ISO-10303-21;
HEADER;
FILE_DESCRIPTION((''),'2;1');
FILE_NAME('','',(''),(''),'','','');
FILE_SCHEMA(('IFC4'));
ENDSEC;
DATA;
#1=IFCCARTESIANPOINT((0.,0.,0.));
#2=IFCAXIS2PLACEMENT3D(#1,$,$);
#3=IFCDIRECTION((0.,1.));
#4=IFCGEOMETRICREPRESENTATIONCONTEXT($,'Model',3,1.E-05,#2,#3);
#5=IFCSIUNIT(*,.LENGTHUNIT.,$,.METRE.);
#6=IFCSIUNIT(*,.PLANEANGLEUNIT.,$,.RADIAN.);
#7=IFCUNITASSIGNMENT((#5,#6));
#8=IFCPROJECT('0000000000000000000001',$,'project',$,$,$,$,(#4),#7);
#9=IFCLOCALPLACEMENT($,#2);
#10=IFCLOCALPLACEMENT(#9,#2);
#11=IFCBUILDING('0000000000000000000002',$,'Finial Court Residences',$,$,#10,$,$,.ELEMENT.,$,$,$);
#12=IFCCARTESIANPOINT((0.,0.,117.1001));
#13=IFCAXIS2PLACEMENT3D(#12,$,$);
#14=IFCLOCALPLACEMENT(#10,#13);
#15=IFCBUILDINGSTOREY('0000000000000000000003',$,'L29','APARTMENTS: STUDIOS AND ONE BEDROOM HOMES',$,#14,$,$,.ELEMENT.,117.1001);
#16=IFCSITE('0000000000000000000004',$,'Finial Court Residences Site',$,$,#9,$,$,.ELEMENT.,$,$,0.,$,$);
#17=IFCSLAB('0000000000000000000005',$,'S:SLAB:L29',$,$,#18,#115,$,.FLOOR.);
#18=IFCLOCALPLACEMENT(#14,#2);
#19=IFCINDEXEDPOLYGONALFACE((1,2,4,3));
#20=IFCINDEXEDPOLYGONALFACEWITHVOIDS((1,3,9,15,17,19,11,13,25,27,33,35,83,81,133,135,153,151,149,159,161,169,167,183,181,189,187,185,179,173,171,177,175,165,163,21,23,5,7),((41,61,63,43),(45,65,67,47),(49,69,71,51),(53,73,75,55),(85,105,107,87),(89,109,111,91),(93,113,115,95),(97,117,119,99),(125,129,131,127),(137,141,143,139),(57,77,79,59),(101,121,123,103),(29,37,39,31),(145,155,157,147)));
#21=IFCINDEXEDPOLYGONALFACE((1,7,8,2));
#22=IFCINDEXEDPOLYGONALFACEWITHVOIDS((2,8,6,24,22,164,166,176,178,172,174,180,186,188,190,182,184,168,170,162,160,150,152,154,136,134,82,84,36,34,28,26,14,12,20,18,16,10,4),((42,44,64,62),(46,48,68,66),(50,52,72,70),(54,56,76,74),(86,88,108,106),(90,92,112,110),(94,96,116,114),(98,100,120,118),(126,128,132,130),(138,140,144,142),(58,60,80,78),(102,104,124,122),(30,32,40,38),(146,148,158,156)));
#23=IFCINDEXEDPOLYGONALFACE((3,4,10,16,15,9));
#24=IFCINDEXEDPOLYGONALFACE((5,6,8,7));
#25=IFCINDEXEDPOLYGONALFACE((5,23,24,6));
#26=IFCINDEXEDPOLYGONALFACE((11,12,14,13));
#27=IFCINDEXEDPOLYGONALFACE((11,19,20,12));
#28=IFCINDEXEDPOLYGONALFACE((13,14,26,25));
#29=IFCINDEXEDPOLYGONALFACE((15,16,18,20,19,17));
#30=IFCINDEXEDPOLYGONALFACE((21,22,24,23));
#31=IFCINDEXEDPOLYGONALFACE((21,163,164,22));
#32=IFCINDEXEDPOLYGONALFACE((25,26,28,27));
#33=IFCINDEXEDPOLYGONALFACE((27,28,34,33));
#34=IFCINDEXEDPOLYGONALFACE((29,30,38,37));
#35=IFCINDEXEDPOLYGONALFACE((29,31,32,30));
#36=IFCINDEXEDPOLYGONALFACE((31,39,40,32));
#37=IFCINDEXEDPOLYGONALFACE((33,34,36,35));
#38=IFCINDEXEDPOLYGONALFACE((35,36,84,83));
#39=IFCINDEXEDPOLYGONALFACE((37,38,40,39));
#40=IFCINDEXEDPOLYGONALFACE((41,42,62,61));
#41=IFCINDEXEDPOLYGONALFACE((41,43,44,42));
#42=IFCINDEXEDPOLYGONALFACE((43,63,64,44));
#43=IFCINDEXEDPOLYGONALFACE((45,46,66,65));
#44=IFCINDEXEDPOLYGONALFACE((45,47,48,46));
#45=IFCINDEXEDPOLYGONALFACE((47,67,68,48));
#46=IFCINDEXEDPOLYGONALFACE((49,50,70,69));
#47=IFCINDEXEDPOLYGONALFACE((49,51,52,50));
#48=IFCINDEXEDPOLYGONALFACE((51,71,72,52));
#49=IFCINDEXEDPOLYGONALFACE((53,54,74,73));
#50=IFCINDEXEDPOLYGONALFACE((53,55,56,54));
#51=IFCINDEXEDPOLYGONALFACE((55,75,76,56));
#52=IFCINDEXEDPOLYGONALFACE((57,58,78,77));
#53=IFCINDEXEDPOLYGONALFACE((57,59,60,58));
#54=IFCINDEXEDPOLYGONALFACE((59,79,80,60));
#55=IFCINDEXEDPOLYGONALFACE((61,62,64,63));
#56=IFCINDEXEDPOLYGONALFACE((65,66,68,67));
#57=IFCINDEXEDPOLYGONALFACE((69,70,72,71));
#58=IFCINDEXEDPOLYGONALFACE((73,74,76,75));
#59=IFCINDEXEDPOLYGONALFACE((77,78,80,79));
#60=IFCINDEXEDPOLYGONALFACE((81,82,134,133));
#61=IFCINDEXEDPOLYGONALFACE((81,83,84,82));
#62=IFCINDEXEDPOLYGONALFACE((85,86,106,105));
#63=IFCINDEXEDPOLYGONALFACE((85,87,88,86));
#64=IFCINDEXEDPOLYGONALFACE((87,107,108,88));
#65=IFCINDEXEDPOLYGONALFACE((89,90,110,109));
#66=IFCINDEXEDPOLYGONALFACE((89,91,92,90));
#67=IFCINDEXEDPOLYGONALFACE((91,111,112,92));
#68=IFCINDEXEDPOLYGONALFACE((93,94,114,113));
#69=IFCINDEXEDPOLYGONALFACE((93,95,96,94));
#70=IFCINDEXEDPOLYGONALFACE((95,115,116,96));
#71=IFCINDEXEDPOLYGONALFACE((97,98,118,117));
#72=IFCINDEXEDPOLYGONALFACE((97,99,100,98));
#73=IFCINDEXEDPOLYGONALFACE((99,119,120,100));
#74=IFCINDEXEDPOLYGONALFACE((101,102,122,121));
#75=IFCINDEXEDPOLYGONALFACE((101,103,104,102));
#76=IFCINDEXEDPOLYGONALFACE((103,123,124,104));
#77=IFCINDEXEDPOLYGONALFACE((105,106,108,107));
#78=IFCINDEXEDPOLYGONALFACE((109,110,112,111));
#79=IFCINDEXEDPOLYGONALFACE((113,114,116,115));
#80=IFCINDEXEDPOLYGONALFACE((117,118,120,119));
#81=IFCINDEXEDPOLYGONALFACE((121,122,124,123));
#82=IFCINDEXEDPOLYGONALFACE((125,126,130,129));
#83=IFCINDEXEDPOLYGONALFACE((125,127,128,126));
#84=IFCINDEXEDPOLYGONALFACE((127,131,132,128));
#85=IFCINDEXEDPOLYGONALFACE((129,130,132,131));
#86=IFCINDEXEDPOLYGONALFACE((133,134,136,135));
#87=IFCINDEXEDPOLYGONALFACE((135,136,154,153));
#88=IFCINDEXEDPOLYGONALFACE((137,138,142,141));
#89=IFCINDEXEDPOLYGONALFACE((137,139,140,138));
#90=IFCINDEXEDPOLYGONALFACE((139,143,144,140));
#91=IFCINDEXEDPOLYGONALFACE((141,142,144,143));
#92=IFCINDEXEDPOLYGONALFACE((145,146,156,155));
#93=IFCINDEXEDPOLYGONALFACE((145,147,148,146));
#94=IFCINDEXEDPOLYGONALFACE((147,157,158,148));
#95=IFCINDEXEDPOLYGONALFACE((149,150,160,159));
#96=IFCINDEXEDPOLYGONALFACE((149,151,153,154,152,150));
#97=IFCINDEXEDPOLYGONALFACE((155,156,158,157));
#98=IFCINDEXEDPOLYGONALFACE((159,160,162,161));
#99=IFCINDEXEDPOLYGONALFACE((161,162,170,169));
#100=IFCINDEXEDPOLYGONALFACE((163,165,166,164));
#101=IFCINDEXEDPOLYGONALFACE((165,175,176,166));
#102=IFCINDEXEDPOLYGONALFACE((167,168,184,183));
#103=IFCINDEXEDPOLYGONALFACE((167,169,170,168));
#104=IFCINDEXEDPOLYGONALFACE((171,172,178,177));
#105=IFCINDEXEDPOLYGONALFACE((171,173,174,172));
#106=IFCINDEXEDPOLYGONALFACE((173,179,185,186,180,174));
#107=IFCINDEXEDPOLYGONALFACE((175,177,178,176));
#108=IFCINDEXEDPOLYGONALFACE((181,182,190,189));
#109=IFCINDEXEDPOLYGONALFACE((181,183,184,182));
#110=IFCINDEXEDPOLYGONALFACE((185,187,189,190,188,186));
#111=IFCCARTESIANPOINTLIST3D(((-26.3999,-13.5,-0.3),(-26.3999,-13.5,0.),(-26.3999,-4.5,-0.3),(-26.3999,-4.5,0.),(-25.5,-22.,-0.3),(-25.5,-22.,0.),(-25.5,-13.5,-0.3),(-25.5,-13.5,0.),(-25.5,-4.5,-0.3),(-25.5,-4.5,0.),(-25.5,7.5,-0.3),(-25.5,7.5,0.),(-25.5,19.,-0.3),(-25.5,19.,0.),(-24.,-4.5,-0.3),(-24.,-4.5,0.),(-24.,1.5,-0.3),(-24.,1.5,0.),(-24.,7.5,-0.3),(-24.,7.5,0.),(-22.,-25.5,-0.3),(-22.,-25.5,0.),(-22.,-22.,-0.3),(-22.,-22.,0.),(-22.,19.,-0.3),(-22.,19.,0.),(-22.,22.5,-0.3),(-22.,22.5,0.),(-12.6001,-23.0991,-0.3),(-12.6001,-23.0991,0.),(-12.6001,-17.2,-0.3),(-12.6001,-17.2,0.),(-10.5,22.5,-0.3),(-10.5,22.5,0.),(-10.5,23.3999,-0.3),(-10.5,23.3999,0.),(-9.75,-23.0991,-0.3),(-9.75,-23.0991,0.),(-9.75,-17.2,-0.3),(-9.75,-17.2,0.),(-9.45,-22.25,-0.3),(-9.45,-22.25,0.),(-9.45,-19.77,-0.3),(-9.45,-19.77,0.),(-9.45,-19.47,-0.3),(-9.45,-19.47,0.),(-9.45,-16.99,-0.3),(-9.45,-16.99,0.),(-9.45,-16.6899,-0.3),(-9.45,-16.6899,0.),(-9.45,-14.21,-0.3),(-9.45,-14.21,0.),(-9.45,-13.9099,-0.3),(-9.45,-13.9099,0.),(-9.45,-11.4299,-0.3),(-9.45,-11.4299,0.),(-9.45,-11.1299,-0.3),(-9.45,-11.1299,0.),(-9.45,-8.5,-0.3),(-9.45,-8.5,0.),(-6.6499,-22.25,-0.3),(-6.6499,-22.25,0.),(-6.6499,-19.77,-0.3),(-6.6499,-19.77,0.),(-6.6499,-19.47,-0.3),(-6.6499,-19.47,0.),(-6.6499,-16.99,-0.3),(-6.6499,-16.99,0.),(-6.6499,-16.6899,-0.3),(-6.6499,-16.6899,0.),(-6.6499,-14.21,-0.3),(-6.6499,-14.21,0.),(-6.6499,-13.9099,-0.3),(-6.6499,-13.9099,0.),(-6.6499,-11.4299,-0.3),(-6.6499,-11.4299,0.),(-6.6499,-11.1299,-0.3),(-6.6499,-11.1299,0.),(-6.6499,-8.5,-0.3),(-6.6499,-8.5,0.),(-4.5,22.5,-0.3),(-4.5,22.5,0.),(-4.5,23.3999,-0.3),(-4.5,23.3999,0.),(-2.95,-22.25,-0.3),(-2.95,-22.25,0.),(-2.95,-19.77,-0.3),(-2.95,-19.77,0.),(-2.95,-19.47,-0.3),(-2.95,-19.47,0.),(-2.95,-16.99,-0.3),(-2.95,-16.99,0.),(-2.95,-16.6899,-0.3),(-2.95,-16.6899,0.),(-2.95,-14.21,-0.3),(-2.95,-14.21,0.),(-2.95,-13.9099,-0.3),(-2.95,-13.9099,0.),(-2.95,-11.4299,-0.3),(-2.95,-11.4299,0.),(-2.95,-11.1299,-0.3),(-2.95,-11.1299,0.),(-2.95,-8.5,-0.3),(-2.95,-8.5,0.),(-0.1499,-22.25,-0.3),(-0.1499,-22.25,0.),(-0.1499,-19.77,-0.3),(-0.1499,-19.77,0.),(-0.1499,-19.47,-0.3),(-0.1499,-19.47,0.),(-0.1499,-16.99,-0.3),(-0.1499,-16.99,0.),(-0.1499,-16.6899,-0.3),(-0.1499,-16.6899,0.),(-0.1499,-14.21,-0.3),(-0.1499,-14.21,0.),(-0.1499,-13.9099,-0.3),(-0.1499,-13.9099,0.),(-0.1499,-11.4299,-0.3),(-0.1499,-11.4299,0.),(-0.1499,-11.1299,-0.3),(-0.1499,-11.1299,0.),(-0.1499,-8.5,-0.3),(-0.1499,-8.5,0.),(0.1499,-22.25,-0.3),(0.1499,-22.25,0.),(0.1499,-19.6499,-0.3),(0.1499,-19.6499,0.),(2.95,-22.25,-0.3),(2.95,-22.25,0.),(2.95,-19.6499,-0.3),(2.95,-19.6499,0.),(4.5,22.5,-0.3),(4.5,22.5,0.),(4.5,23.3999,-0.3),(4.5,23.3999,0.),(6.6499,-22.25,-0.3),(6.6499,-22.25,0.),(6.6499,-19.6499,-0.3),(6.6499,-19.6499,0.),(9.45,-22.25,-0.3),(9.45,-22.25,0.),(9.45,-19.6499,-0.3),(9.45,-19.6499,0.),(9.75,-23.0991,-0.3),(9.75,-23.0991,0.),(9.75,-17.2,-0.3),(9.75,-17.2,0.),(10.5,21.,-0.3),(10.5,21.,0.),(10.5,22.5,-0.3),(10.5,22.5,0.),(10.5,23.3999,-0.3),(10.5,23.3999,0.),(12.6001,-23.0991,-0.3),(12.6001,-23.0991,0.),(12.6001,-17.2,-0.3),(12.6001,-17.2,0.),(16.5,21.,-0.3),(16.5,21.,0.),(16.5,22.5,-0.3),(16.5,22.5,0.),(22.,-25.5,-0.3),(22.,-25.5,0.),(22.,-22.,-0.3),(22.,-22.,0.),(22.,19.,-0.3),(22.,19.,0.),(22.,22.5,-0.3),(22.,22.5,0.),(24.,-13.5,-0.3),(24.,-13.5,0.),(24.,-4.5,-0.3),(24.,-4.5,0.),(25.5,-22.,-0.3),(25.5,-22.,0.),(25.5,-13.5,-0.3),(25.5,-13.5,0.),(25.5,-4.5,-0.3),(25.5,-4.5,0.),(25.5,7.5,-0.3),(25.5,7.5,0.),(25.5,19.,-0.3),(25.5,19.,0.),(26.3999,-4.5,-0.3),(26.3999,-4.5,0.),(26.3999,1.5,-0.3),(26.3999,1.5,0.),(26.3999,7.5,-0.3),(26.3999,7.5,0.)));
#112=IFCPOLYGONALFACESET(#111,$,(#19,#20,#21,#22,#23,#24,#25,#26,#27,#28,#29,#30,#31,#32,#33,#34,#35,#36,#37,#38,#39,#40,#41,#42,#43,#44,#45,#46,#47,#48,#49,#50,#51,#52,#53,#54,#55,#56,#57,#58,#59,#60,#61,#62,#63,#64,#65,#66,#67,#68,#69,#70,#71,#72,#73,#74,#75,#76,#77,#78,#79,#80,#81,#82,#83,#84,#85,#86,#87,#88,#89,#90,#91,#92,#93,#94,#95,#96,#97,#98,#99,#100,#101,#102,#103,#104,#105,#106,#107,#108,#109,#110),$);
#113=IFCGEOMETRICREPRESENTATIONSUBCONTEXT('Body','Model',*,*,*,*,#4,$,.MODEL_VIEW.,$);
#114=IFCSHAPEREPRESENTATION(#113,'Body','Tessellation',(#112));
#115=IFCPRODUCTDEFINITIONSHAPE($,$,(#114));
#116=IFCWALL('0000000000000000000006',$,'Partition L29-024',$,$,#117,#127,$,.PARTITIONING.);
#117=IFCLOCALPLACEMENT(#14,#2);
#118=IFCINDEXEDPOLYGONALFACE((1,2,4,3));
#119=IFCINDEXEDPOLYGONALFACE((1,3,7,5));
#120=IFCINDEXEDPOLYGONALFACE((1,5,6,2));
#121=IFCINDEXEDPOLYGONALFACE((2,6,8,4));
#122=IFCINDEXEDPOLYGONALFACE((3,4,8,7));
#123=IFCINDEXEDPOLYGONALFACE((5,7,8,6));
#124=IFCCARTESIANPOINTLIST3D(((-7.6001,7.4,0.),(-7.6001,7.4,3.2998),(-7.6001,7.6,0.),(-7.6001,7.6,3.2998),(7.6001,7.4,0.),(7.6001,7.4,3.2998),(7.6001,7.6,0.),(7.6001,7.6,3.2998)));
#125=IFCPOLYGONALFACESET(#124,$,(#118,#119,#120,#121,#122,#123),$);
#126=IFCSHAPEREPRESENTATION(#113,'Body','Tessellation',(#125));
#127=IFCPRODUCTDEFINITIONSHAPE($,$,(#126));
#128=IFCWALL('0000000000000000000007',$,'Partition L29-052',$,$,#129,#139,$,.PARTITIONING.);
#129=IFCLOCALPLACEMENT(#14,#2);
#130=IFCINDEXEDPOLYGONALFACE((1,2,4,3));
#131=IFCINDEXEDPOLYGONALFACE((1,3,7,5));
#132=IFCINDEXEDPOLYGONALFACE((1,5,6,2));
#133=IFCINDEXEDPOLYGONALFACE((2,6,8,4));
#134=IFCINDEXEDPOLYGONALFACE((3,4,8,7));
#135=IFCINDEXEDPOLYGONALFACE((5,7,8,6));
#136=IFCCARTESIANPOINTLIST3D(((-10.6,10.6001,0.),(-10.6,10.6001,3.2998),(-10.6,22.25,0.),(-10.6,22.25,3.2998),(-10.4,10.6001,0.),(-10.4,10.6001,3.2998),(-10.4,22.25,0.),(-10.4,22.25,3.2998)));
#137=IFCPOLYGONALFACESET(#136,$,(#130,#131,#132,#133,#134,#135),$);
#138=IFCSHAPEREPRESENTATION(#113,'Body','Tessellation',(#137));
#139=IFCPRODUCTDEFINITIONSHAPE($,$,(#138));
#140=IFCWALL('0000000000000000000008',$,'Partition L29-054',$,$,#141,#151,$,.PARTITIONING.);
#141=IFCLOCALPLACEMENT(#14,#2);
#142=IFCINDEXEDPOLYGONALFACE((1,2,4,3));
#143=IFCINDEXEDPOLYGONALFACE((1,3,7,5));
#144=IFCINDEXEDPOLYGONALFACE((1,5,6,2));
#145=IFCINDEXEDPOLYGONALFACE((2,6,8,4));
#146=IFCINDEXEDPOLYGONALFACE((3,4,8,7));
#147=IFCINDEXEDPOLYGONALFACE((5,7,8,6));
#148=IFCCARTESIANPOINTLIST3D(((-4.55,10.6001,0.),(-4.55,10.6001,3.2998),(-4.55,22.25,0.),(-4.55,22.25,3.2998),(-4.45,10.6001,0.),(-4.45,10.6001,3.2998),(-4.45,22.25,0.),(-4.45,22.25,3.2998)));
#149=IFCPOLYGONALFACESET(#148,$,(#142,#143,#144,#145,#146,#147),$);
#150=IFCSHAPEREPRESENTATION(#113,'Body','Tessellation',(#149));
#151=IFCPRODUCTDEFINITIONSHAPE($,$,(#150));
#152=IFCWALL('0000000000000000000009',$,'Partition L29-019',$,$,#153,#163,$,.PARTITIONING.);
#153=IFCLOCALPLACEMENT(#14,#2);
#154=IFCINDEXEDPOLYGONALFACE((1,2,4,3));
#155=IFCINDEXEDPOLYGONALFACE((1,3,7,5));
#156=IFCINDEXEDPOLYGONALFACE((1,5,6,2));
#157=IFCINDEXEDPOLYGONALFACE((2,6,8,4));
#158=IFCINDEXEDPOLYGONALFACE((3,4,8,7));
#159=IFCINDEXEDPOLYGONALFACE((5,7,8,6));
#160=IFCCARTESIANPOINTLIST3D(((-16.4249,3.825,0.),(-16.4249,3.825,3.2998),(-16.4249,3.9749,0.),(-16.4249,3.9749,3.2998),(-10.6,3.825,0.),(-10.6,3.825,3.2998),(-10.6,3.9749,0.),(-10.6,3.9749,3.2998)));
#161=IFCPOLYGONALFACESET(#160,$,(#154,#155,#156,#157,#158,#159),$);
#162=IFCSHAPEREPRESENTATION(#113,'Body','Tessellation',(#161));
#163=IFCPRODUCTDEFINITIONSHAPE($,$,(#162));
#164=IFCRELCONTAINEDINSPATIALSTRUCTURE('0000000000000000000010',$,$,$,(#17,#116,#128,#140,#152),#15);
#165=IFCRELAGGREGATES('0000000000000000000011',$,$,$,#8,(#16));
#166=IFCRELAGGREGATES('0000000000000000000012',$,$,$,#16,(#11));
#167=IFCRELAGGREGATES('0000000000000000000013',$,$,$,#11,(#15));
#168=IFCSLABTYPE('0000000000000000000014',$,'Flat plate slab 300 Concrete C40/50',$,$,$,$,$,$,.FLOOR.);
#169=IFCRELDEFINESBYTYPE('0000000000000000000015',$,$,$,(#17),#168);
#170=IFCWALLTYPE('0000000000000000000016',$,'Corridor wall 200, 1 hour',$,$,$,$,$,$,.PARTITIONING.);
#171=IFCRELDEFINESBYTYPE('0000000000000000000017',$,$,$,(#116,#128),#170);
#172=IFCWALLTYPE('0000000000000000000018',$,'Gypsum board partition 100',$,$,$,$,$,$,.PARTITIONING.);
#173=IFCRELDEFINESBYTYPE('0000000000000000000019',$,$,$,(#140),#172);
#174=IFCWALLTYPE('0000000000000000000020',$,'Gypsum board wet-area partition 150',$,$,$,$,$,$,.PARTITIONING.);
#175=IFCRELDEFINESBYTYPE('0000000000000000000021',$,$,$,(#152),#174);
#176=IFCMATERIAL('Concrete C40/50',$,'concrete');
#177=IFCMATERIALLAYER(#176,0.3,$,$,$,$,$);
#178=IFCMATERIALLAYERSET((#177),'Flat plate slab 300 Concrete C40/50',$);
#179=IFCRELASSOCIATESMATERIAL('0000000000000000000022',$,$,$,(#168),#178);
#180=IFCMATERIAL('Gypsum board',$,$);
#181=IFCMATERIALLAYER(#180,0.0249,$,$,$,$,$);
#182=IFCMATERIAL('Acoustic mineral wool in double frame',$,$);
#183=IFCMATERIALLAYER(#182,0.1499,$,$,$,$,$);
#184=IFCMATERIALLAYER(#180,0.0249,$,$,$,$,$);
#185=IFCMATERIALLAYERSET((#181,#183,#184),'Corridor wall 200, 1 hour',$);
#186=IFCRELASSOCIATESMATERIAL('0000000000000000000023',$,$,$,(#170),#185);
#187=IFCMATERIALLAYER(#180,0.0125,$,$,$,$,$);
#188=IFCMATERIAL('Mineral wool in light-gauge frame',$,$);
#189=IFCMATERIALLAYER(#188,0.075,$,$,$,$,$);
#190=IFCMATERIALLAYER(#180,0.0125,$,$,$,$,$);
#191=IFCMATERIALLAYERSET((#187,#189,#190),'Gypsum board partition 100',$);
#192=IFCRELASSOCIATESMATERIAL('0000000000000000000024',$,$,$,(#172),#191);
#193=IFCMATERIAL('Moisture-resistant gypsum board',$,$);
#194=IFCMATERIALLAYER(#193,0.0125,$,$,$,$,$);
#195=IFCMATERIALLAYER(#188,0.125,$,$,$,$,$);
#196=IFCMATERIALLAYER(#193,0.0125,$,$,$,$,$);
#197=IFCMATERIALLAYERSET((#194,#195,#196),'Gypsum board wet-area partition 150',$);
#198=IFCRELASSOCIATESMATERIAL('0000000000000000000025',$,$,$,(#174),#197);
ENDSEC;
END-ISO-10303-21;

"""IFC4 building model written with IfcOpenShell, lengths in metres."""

from ifc_helpers import new_model, si_unit, direction, frame, frame_2d, origin, place, context, subcontext, project, spatial, polyline, rectangle, outline, extrude, material, layer, layer_set, type_object, element, save


model = new_model("IFC4")

# Units and contexts
model_context = context("Model", 3, precision=1e-05, world=origin(), true_north=direction((0.0, 1.0)))
body_context = subcontext(model_context, "Body", "Model", "MODEL_VIEW")
ifc_project = project(units=[si_unit("LENGTHUNIT", "METRE"), si_unit("PLANEANGLEUNIT", "RADIAN")], contexts=[model_context])

# Site, building, storey
site_placement = place(None, origin())
site = spatial("IfcSite", under=ifc_project, at=site_placement, Name="Finial Court Residences Site", CompositionType="ELEMENT", RefElevation=0.0)
building_placement = place(site_placement, origin())
building = spatial("IfcBuilding", under=site, at=building_placement, Name="Finial Court Residences", CompositionType="ELEMENT")
storey_placement = place(building_placement, frame((0.0, 0.0, 117.1001)))
storey = spatial("IfcBuildingStorey", under=building, at=storey_placement, Name="L29", Description="APARTMENTS: STUDIOS AND ONE BEDROOM HOMES", CompositionType="ELEMENT", Elevation=117.1001)

# Slab
ifc_material_1 = material(Name="Concrete C40/50", Category="concrete")
ifc_layer_1 = layer(ifc_material_1, 0.3)
ifc_layer_set_1 = layer_set([ifc_layer_1], Name="Flat plate slab 300 Concrete C40/50")
slab_type_1 = type_object("IfcSlabType", Name="Flat plate slab 300 Concrete C40/50", PredefinedType="FLOOR", material=ifc_layer_set_1)
slab_1_placement = place(storey_placement, frame((0.0, 0.0, -0.3)))
element("IfcSlab", 1, at=slab_1_placement, inside=storey, type_object=slab_type_1, Name="S:SLAB:L29", PredefinedType="FLOOR", context=body_context, shape_type="SweptSolid", body=[
    extrude(outline(polyline([(26.3999, -4.5), (25.5, -4.5), (24.0, -4.5), (24.0, -13.5), (25.5, -13.5), (25.5, -22.0), (22.0, -22.0), (22.0, -25.5), (-22.0, -25.5), (-22.0, -22.0), (-25.5, -22.0), (-25.5, -13.5), (-26.3999, -13.5), (-26.3999, -4.5), (-25.5, -4.5), (-24.0, -4.5), (-24.0, 1.5), (-24.0, 7.5), (-25.5, 7.5), (-25.5, 19.0), (-22.0, 19.0), (-22.0, 22.5), (-10.5, 22.5), (-10.5, 23.3999), (-4.5, 23.3999), (-4.5, 22.5), (4.5, 22.5), (4.5, 23.3999), (10.5, 23.3999), (10.5, 22.5), (10.5, 21.0), (16.5, 21.0), (16.5, 22.5), (22.0, 22.5), (22.0, 19.0), (25.5, 19.0), (25.5, 7.5), (26.3999, 7.5), (26.3999, 1.5), (26.3999, -4.5)]), holes=[polyline([(-6.6499, -19.77), (-9.45, -19.77), (-9.45, -22.25), (-6.6499, -22.25), (-6.6499, -19.77)]), polyline([(-9.75, -17.2), (-12.6001, -17.2), (-12.6001, -23.0991), (-9.75, -23.0991), (-9.75, -17.2)]), polyline([(-6.6499, -19.47), (-6.6499, -16.99), (-9.45, -16.99), (-9.45, -19.47), (-6.6499, -19.47)]), polyline([(-6.6499, -16.6899), (-6.6499, -14.21), (-9.45, -14.21), (-9.45, -16.6899), (-6.6499, -16.6899)]), polyline([(-6.6499, -13.9099), (-6.6499, -11.4299), (-9.45, -11.4299), (-9.45, -13.9099), (-6.6499, -13.9099)]), polyline([(-6.6499, -11.1299), (-6.6499, -8.5), (-9.45, -8.5), (-9.45, -11.1299), (-6.6499, -11.1299)]), polyline([(-0.1499, -11.1299), (-0.1499, -8.5), (-2.95, -8.5), (-2.95, -11.1299), (-0.1499, -11.1299)]), polyline([(-0.1499, -19.77), (-2.95, -19.77), (-2.95, -22.25), (-0.1499, -22.25), (-0.1499, -19.77)]), polyline([(2.95, -22.25), (2.95, -19.6499), (0.1499, -19.6499), (0.1499, -22.25), (2.95, -22.25)]), polyline([(9.45, -22.25), (9.45, -19.6499), (6.6499, -19.6499), (6.6499, -22.25), (9.45, -22.25)]), polyline([(12.6001, -17.2), (9.75, -17.2), (9.75, -23.0991), (12.6001, -23.0991), (12.6001, -17.2)]), polyline([(-0.1499, -19.47), (-0.1499, -16.99), (-2.95, -16.99), (-2.95, -19.47), (-0.1499, -19.47)]), polyline([(-0.1499, -16.6899), (-0.1499, -14.21), (-2.95, -14.21), (-2.95, -16.6899), (-0.1499, -16.6899)]), polyline([(-0.1499, -13.9099), (-0.1499, -11.4299), (-2.95, -11.4299), (-2.95, -13.9099), (-0.1499, -13.9099)])]), origin(), (0.0, 0.0, 1.0), 0.3),
])

# Walls
ifc_material_2 = material(Name="Gypsum board")
ifc_layer_2 = layer(ifc_material_2, 0.0249)
ifc_material_3 = material(Name="Acoustic mineral wool in double frame")
ifc_layer_3 = layer(ifc_material_3, 0.1499)
ifc_layer_4 = layer(ifc_material_2, 0.0249)
ifc_layer_set_2 = layer_set([ifc_layer_2, ifc_layer_3, ifc_layer_4], Name="Corridor wall 200, 1 hour")
wall_type_1 = type_object("IfcWallType", Name="Corridor wall 200, 1 hour", PredefinedType="PARTITIONING", material=ifc_layer_set_2)
wall_1_placement = place(storey_placement, frame((-7.6001, 7.5, 0.0), z_axis=(0.0, 0.0, 1.0), x_axis=(1.0, 0.0, 0.0)))
element("IfcWall", 2, at=wall_1_placement, inside=storey, type_object=wall_type_1, Name="Partition L29-024", PredefinedType="PARTITIONING", context=body_context, shape_type="SweptSolid", body=[
    extrude(rectangle(XDim=15.2002, YDim=0.2, at=frame_2d((7.6001, 0.0))), origin(), (0.0, 0.0, 1.0), 3.2998),
])
wall_2_placement = place(storey_placement, frame((-10.5, 10.6001, 0.0), z_axis=(0.0, 0.0, 1.0), x_axis=(0.0, 1.0, 0.0)))
element("IfcWall", 3, at=wall_2_placement, inside=storey, type_object=wall_type_1, Name="Partition L29-052", PredefinedType="PARTITIONING", context=body_context, shape_type="SweptSolid", body=[
    extrude(rectangle(XDim=11.6499, YDim=0.2, at=frame_2d((5.825, 0.0))), origin(), (0.0, 0.0, 1.0), 3.2998),
])
ifc_layer_5 = layer(ifc_material_2, 0.0125)
ifc_material_4 = material(Name="Mineral wool in light-gauge frame")
ifc_layer_6 = layer(ifc_material_4, 0.075)
ifc_layer_7 = layer(ifc_material_2, 0.0125)
ifc_layer_set_3 = layer_set([ifc_layer_5, ifc_layer_6, ifc_layer_7], Name="Gypsum board partition 100")
wall_type_2 = type_object("IfcWallType", Name="Gypsum board partition 100", PredefinedType="PARTITIONING", material=ifc_layer_set_3)
wall_3_placement = place(storey_placement, frame((-4.5, 10.6001, 0.0), z_axis=(0.0, 0.0, 1.0), x_axis=(0.0, 1.0, 0.0)))
element("IfcWall", 4, at=wall_3_placement, inside=storey, type_object=wall_type_2, Name="Partition L29-054", PredefinedType="PARTITIONING", context=body_context, shape_type="SweptSolid", body=[
    extrude(rectangle(XDim=11.6499, YDim=0.1001, at=frame_2d((5.825, 0.0))), origin(), (0.0, 0.0, 1.0), 3.2998),
])
ifc_material_5 = material(Name="Moisture-resistant gypsum board")
ifc_layer_8 = layer(ifc_material_5, 0.0125)
ifc_layer_9 = layer(ifc_material_4, 0.125)
ifc_layer_10 = layer(ifc_material_5, 0.0125)
ifc_layer_set_4 = layer_set([ifc_layer_8, ifc_layer_9, ifc_layer_10], Name="Gypsum board wet-area partition 150")
wall_type_3 = type_object("IfcWallType", Name="Gypsum board wet-area partition 150", PredefinedType="PARTITIONING", material=ifc_layer_set_4)
wall_4_placement = place(storey_placement, frame((-16.425, 3.8999, 0.0), z_axis=(0.0, 0.0, 1.0), x_axis=(1.0, 0.0, 0.0)))
element("IfcWall", 5, at=wall_4_placement, inside=storey, type_object=wall_type_3, Name="Partition L29-019", PredefinedType="PARTITIONING", context=body_context, shape_type="SweptSolid", body=[
    extrude(rectangle(XDim=5.825, YDim=0.1499, at=frame_2d((2.9126, 0.0))), origin(), (0.0, 0.0, 1.0), 3.2998),
])

save(model, "model.ifc")
